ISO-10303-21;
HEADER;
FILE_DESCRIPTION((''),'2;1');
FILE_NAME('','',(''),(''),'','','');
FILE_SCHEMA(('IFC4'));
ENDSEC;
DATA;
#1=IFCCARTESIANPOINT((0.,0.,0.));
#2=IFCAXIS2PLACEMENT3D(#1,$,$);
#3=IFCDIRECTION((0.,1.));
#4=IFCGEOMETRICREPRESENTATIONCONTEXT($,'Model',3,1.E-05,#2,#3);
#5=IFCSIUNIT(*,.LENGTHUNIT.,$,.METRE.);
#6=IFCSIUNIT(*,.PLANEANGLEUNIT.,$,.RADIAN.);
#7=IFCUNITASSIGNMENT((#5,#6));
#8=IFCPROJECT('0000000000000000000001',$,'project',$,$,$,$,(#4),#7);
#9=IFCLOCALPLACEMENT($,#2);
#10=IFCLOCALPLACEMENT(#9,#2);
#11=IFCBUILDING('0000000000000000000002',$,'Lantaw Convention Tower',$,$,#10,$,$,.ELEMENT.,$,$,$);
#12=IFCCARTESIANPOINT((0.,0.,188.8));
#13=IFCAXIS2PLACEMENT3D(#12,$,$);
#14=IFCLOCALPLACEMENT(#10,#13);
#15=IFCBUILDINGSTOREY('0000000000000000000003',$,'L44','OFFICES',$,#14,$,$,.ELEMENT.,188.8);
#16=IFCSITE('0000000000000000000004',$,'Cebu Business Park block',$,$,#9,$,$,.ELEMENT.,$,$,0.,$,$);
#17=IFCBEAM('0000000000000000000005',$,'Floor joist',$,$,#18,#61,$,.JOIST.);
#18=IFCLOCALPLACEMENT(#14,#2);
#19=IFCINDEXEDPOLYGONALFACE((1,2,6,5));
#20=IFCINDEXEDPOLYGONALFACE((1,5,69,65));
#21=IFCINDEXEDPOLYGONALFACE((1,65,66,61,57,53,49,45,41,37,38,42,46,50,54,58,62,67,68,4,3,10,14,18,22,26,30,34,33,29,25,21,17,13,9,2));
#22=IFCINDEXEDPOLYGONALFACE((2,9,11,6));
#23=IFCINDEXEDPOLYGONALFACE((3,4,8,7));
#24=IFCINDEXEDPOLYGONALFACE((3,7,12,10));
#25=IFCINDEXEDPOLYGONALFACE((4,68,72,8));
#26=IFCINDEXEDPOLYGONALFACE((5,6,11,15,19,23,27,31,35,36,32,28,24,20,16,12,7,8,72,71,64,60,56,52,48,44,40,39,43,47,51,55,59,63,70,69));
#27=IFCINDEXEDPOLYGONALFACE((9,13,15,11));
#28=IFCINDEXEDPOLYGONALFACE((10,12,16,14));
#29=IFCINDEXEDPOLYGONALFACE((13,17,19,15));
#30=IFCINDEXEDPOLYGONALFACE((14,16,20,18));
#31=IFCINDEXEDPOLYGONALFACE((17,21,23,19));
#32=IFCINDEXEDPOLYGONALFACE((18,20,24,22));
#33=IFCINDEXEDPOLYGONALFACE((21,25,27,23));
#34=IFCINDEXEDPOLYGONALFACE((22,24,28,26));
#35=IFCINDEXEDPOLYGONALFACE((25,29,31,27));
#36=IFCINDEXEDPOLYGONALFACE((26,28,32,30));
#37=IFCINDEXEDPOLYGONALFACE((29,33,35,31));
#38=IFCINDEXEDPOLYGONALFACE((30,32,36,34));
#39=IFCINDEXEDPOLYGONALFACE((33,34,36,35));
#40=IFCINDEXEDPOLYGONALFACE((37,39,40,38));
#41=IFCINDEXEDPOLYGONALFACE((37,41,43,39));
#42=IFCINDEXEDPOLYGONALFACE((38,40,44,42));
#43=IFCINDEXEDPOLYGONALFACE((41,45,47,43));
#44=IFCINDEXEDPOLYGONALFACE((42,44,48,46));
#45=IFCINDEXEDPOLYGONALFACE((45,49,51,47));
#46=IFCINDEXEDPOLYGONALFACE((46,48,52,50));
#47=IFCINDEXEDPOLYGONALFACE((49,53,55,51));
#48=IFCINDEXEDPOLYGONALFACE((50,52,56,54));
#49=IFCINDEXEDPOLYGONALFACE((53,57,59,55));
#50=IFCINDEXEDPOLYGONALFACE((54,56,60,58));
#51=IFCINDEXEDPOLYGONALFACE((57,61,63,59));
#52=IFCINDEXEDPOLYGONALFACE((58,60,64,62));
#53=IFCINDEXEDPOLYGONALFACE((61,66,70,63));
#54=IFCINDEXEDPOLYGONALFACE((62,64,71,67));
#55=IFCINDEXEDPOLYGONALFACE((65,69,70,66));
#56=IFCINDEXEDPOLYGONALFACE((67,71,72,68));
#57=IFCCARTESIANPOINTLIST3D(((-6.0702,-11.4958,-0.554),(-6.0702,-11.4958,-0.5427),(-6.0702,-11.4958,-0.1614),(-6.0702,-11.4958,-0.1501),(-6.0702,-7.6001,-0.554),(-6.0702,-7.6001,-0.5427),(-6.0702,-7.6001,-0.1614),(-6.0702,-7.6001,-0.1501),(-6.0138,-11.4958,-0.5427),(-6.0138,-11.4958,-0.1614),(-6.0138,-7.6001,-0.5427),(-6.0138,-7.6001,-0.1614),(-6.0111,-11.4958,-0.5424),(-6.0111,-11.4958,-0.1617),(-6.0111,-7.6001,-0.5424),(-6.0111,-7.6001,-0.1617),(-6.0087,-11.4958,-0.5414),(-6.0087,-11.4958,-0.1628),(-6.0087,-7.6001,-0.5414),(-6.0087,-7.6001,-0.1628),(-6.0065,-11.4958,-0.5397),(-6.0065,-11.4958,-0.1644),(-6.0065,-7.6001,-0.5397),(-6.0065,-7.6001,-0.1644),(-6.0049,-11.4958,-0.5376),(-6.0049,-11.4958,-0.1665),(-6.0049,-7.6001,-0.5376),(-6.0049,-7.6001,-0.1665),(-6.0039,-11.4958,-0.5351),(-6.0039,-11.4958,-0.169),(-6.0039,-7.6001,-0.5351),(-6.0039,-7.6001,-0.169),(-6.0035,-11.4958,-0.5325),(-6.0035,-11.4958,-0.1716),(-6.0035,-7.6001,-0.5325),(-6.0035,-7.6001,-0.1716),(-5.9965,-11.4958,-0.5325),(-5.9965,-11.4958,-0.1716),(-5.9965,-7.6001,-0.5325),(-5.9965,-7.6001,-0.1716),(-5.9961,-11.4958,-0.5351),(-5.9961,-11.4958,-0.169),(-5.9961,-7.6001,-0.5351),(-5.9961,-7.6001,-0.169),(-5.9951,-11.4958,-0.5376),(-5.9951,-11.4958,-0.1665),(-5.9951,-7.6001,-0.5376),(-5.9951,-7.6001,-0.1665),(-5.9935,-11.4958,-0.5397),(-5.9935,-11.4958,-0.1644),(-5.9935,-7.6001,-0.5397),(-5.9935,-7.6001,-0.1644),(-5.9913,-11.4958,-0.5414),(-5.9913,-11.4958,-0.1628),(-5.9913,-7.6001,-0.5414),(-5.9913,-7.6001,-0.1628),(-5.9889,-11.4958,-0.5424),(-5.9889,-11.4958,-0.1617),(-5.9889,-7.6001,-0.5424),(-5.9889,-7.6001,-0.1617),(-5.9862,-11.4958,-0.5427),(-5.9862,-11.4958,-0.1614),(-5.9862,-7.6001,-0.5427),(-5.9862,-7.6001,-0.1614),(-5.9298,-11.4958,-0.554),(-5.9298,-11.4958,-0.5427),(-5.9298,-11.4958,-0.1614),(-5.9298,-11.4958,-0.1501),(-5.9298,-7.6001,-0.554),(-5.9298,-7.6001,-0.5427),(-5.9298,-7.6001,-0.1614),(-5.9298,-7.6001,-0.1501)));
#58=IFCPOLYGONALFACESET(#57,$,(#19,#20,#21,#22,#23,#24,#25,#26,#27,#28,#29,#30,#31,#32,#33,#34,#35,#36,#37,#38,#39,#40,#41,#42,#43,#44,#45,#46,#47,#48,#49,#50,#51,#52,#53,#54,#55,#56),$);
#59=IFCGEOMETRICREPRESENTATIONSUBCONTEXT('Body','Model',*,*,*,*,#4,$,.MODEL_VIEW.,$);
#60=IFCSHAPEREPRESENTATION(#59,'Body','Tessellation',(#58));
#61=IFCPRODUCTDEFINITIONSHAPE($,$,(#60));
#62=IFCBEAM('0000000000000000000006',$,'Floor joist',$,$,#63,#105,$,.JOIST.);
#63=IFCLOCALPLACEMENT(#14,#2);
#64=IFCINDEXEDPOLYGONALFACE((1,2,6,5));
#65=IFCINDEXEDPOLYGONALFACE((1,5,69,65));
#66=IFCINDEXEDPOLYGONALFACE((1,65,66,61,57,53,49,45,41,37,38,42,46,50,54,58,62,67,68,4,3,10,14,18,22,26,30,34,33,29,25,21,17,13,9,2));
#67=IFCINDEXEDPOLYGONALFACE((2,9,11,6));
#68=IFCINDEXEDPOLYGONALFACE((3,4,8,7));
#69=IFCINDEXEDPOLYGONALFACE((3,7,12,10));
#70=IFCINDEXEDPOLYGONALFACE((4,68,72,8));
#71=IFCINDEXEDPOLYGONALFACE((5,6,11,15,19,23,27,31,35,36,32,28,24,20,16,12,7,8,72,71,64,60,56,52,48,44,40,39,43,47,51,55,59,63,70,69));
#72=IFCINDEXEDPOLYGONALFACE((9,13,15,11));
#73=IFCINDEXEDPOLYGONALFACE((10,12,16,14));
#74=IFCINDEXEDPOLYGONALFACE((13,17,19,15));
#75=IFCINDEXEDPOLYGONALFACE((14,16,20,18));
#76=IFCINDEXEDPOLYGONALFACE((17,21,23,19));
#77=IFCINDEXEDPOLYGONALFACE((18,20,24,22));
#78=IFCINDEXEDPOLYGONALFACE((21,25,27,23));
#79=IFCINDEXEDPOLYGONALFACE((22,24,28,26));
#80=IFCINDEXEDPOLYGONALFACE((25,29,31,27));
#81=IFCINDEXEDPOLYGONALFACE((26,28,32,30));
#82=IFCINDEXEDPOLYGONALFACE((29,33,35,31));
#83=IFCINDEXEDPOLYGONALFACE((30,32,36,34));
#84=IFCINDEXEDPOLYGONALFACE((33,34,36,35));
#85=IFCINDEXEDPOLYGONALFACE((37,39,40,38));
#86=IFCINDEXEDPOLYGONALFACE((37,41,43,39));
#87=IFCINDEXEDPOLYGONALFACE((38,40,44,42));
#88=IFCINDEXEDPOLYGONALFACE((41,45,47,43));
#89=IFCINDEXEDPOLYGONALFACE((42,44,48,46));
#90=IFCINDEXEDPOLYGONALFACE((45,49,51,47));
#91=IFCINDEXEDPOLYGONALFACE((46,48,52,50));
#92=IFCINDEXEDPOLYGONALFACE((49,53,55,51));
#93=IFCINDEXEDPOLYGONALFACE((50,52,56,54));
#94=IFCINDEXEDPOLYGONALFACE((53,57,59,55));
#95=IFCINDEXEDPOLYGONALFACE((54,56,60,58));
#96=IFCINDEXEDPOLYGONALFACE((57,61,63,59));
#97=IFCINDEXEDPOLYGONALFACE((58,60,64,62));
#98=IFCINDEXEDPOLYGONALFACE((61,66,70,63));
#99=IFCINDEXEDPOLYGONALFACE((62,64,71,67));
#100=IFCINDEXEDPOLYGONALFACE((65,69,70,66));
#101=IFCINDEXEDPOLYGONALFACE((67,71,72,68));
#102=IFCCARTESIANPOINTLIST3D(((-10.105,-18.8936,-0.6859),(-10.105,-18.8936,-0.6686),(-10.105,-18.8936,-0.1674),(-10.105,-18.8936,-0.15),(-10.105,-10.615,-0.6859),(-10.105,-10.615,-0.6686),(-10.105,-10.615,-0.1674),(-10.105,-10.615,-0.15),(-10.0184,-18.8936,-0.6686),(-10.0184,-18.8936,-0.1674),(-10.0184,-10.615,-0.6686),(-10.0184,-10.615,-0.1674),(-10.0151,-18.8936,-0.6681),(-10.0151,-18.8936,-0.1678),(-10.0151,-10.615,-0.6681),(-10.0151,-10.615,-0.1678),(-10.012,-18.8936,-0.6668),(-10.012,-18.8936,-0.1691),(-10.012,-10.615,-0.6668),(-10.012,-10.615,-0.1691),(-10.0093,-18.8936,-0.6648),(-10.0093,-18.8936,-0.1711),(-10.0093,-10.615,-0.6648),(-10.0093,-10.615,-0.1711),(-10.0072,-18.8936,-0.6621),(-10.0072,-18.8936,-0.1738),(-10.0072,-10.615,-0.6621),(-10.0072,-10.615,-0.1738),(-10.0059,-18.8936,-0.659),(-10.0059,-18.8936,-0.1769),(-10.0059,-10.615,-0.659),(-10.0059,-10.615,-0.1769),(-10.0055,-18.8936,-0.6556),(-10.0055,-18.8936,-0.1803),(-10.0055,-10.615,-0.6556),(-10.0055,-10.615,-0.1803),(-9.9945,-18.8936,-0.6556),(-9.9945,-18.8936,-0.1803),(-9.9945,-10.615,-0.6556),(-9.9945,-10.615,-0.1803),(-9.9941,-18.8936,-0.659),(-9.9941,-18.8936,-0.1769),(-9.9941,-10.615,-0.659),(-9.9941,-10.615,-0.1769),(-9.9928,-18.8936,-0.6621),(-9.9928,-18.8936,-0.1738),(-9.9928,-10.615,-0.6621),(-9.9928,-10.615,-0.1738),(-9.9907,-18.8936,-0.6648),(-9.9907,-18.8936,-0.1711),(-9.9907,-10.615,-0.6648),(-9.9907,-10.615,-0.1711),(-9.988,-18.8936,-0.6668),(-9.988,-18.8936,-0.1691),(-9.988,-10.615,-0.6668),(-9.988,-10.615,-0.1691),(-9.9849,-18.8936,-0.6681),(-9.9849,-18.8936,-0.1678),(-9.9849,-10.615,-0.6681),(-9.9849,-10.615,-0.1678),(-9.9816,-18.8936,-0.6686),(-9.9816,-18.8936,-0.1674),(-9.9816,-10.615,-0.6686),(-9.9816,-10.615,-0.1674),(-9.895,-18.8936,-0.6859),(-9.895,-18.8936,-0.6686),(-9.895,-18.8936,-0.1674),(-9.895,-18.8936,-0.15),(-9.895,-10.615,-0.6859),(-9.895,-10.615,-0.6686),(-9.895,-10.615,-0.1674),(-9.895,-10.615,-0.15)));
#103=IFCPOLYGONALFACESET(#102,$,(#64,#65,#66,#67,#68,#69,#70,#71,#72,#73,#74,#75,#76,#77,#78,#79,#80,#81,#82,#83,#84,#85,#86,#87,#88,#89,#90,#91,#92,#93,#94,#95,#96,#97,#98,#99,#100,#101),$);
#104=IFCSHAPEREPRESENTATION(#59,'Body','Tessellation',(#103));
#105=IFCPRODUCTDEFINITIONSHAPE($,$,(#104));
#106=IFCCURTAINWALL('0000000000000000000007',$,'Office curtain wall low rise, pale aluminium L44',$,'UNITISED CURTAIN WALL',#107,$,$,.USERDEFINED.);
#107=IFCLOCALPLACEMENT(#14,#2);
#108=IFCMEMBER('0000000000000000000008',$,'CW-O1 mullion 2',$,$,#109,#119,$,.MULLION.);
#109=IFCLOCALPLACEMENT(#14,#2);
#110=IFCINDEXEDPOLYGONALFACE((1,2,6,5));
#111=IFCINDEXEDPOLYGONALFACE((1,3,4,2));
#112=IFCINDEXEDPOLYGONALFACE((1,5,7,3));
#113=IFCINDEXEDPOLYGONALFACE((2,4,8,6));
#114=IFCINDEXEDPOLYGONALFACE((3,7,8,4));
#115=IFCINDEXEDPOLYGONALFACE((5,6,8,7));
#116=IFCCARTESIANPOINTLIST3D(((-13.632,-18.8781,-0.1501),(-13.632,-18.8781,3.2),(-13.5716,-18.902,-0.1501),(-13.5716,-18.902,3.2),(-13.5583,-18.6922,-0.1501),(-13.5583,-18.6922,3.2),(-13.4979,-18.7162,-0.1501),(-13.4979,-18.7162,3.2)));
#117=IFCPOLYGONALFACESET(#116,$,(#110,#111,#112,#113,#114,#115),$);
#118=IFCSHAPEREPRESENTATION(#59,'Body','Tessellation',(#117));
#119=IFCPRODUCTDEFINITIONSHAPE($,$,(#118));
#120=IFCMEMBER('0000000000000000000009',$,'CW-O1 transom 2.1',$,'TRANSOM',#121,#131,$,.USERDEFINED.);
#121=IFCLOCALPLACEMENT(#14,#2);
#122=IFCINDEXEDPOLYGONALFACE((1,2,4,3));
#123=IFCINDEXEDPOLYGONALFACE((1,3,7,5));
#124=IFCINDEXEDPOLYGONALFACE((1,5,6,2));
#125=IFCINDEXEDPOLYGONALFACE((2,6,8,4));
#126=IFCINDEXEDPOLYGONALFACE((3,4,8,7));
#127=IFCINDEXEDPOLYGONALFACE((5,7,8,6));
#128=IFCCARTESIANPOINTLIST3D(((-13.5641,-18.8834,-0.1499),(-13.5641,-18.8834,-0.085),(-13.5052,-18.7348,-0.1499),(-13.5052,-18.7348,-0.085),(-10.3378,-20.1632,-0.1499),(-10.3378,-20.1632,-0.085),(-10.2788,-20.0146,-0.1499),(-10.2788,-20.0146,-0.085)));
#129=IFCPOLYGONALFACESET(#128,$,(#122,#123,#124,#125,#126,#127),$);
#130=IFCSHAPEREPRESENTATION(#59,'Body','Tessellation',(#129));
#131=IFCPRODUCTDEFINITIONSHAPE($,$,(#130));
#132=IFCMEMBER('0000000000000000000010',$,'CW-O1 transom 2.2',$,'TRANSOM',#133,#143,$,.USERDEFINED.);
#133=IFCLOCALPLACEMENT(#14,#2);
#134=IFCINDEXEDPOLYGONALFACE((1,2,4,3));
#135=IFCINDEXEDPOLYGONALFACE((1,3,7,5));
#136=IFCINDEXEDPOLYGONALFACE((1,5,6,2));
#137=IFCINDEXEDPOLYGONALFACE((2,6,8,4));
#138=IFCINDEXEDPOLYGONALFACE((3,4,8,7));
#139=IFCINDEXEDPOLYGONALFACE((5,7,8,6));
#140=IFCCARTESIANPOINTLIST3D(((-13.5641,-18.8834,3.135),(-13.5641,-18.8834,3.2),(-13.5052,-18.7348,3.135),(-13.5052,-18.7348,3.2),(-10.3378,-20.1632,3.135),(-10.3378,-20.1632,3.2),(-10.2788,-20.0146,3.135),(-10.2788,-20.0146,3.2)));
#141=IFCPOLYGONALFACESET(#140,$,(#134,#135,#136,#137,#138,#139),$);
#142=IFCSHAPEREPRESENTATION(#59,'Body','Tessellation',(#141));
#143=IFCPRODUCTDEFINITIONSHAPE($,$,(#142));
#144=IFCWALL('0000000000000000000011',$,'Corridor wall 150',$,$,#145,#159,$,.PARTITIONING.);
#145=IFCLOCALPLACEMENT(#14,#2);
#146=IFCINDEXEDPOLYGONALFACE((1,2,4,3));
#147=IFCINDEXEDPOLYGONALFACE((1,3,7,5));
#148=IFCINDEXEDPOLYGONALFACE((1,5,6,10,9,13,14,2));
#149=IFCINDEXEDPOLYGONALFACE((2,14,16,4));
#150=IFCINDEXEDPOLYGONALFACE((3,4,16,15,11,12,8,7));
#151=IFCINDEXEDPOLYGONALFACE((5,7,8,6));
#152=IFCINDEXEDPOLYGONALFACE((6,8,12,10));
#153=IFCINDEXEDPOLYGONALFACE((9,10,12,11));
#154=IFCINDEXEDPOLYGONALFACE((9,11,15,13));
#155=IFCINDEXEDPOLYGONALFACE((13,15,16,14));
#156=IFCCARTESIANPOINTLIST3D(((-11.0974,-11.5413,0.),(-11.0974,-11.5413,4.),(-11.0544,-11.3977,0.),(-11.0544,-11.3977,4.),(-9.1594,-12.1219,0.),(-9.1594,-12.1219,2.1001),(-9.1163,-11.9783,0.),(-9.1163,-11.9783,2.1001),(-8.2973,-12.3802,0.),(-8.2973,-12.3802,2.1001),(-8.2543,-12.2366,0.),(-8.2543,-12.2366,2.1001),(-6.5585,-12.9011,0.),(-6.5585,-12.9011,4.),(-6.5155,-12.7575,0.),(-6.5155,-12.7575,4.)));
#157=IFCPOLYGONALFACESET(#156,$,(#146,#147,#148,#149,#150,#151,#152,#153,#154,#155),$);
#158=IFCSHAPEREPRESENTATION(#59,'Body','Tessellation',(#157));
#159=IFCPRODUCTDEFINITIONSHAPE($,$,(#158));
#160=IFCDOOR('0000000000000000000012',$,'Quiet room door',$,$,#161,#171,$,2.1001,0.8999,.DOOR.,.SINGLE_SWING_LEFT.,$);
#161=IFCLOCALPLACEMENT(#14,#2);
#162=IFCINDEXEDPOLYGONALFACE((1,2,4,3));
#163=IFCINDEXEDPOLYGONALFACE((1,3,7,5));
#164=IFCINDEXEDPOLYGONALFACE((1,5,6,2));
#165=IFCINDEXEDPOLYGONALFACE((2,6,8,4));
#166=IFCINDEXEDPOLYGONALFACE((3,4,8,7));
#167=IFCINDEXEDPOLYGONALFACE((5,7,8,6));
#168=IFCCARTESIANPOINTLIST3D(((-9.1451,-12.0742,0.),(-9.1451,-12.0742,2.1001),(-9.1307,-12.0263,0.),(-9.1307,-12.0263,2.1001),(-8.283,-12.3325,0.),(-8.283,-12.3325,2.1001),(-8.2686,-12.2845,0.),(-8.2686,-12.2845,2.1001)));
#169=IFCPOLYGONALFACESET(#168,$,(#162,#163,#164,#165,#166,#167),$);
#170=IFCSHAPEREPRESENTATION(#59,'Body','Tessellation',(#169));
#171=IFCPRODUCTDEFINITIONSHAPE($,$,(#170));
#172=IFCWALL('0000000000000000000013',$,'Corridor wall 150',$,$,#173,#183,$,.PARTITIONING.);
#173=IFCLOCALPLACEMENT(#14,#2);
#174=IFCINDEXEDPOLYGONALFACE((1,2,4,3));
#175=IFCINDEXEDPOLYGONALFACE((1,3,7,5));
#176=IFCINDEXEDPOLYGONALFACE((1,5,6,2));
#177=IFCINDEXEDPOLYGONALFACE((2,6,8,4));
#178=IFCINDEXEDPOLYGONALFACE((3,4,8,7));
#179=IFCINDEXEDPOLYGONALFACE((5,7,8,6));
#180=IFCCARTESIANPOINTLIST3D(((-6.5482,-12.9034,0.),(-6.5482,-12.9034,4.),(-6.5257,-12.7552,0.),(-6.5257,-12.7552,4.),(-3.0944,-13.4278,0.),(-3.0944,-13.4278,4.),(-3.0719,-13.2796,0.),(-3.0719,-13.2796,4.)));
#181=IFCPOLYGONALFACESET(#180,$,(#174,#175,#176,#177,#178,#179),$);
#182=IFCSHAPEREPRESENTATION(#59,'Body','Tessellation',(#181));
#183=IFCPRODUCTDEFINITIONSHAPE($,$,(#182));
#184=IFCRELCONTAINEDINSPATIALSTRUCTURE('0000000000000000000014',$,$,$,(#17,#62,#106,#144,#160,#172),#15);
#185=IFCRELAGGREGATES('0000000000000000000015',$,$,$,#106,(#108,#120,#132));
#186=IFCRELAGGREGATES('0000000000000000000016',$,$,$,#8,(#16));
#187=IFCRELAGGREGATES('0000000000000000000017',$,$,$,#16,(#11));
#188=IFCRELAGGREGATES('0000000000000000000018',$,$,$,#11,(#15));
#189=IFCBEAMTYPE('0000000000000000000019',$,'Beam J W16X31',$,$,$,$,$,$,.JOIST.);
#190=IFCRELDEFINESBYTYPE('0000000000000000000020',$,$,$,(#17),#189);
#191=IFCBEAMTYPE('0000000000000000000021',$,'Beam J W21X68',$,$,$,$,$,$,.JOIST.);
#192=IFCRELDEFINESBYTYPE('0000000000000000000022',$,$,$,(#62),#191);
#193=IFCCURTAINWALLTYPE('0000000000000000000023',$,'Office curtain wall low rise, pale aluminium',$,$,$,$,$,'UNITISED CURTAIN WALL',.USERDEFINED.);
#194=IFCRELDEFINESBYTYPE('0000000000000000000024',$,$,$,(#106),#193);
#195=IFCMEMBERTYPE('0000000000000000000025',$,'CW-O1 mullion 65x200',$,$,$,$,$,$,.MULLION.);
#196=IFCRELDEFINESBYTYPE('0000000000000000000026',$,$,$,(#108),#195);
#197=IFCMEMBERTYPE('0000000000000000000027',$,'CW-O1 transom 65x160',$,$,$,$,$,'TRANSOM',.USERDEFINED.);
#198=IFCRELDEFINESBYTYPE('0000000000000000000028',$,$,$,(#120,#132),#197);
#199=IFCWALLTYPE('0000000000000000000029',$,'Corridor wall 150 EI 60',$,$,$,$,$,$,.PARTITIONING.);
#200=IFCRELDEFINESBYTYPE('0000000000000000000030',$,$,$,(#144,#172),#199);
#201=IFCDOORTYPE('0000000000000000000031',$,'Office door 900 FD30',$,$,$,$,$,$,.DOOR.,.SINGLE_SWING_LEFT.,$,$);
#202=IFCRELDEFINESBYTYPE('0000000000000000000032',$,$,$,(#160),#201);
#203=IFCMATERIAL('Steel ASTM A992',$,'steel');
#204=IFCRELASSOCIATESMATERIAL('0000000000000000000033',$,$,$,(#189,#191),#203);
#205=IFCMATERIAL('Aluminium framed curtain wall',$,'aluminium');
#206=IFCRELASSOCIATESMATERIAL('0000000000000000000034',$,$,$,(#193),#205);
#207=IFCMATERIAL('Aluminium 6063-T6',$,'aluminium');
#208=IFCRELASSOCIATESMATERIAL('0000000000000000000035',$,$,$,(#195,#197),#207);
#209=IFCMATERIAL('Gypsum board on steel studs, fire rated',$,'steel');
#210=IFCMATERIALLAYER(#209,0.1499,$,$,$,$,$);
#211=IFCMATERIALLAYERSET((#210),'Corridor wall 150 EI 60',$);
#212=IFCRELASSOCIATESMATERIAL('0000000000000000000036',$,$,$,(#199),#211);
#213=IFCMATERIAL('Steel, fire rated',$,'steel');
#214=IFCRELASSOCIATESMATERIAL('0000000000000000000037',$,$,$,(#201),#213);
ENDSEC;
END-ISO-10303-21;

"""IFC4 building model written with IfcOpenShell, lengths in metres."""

from ifc_helpers import new_model, si_unit, direction, frame, frame_2d, origin, origin_2d, place, context, subcontext, project, spatial, rectangle, i_section, extrude, material, layer, layer_set, material_profile, profile_set, type_object, element, fill, aggregate, save


model = new_model("IFC4")

# Units and contexts
model_context = context("Model", 3, precision=1e-05, world=origin(), true_north=direction((0.0, 1.0)))
body_context = subcontext(model_context, "Body", "Model", "MODEL_VIEW")
ifc_project = project(units=[si_unit("LENGTHUNIT", "METRE"), si_unit("PLANEANGLEUNIT", "RADIAN")], contexts=[model_context])

# Site, building, storey
site_placement = place(None, origin())
site = spatial("IfcSite", under=ifc_project, at=site_placement, Name="Cebu Business Park block", CompositionType="ELEMENT", RefElevation=0.0)
building_placement = place(site_placement, origin())
building = spatial("IfcBuilding", under=site, at=building_placement, Name="Lantaw Convention Tower", CompositionType="ELEMENT")
storey_placement = place(building_placement, frame((0.0, 0.0, 188.8)))
storey = spatial("IfcBuildingStorey", under=building, at=storey_placement, Name="L44", Description="OFFICES", CompositionType="ELEMENT", Elevation=188.8)

# Beams
ifc_material_1 = material(Name="Steel ASTM A992", Category="steel")
ifc_material_profile_1 = material_profile(ifc_material_1, i_section(OverallWidth=0.1404, OverallDepth=0.4038, WebThickness=0.0071, FlangeThickness=0.0112, FilletRadius=0.0103, at=origin_2d()), Name="W16X31")
ifc_profile_set_1 = profile_set([ifc_material_profile_1], Name="Steel ASTM A992")
beam_type_1 = type_object("IfcBeamType", Name="Beam J W16X31", PredefinedType="JOIST", material=ifc_profile_set_1)
beam_1_placement = place(storey_placement, frame((-6.0, -11.4958, -0.3521), z_axis=(0.0, 1.0, 0.0), x_axis=(-1.0, 0.0, 0.0)))
element("IfcBeam", 1, at=beam_1_placement, inside=storey, type_object=beam_type_1, Name="Floor joist", PredefinedType="JOIST", context=body_context, shape_type="SweptSolid", body=[
    extrude(i_section(OverallWidth=0.1404, OverallDepth=0.4038, WebThickness=0.0071, FlangeThickness=0.0112, FilletRadius=0.0103, at=origin_2d()), origin(), (0.0, 0.0, 1.0), 3.8958),
])
ifc_material_profile_2 = material_profile(ifc_material_1, i_section(OverallWidth=0.21, OverallDepth=0.5359, WebThickness=0.011, FlangeThickness=0.0173, FilletRadius=0.0129, at=origin_2d()), Name="W21X68")
ifc_profile_set_2 = profile_set([ifc_material_profile_2], Name="Steel ASTM A992")
beam_type_2 = type_object("IfcBeamType", Name="Beam J W21X68", PredefinedType="JOIST", material=ifc_profile_set_2)
beam_2_placement = place(storey_placement, frame((-10.0, -18.8936, -0.418), z_axis=(0.0, 1.0, 0.0), x_axis=(-1.0, 0.0, 0.0)))
element("IfcBeam", 2, at=beam_2_placement, inside=storey, type_object=beam_type_2, Name="Floor joist", PredefinedType="JOIST", context=body_context, shape_type="SweptSolid", body=[
    extrude(i_section(OverallWidth=0.21, OverallDepth=0.5359, WebThickness=0.011, FlangeThickness=0.0173, FilletRadius=0.0129, at=origin_2d()), origin(), (0.0, 0.0, 1.0), 8.2786),
])

# Curtain wall, members
ifc_material_2 = material(Name="Aluminium framed curtain wall", Category="aluminium")
curtain_wall_type = type_object("IfcCurtainWallType", Name="Office curtain wall low rise, pale aluminium", ElementType="UNITISED CURTAIN WALL", PredefinedType="USERDEFINED", material=ifc_material_2)
curtain_wall_placement = place(storey_placement, origin())
curtain_wall = element("IfcCurtainWall", 3, at=curtain_wall_placement, inside=storey, type_object=curtain_wall_type, Name="Office curtain wall low rise, pale aluminium L44", ObjectType="UNITISED CURTAIN WALL", PredefinedType="USERDEFINED")
ifc_material_3 = material(Name="Aluminium 6063-T6", Category="aluminium")
ifc_material_profile_3 = material_profile(ifc_material_3, rectangle(XDim=0.2, YDim=0.0649, at=origin_2d()), Name="CW-O1 mullion 65x200")
ifc_profile_set_3 = profile_set([ifc_material_profile_3], Name="Aluminium 6063-T6")
member_type_1 = type_object("IfcMemberType", Name="CW-O1 mullion 65x200", PredefinedType="MULLION", material=ifc_profile_set_3)
member_1_placement = place(storey_placement, frame((-13.5649, -18.7971, -0.1501), z_axis=(0.0, 0.0, 1.0), x_axis=(0.368702, 0.929548, 0.0)))
member_1 = element("IfcMember", 4, at=member_1_placement, type_object=member_type_1, Name="CW-O1 mullion 2", PredefinedType="MULLION", context=body_context, shape_type="SweptSolid", body=[
    extrude(rectangle(XDim=0.2, YDim=0.0649, at=origin_2d()), origin(), (0.0, 0.0, 1.0), 3.3501),
])
ifc_material_profile_4 = material_profile(ifc_material_3, rectangle(XDim=0.1599, YDim=0.0649, at=origin_2d()), Name="CW-O1 transom 65x160")
ifc_profile_set_4 = profile_set([ifc_material_profile_4], Name="Aluminium 6063-T6")
member_type_2 = type_object("IfcMemberType", Name="CW-O1 transom 65x160", ElementType="TRANSOM", PredefinedType="USERDEFINED", material=ifc_profile_set_4)
member_2_placement = place(storey_placement, frame((-13.5347, -18.8091, -0.1174), z_axis=(0.92954, -0.368721, 0.0), x_axis=(0.368721, 0.92954, 0.0)))
member_2 = element("IfcMember", 5, at=member_2_placement, type_object=member_type_2, Name="CW-O1 transom 2.1", ObjectType="TRANSOM", PredefinedType="USERDEFINED", context=body_context, shape_type="SweptSolid", body=[
    extrude(rectangle(XDim=0.1599, YDim=0.0649, at=origin_2d()), origin(), (0.0, 0.0, 1.0), 3.4709),
])
member_3_placement = place(storey_placement, frame((-13.5347, -18.8091, 3.1675), z_axis=(0.92954, -0.368721, 0.0), x_axis=(0.368721, 0.92954, 0.0)))
member_3 = element("IfcMember", 6, at=member_3_placement, type_object=member_type_2, Name="CW-O1 transom 2.2", ObjectType="TRANSOM", PredefinedType="USERDEFINED", context=body_context, shape_type="SweptSolid", body=[
    extrude(rectangle(XDim=0.1599, YDim=0.0649, at=origin_2d()), origin(), (0.0, 0.0, 1.0), 3.4709),
])
aggregate(curtain_wall, [member_1, member_2, member_3])

# Wall, opening, door
ifc_material_4 = material(Name="Gypsum board on steel studs, fire rated", Category="steel")
ifc_layer_1 = layer(ifc_material_4, 0.1499)
ifc_layer_set_1 = layer_set([ifc_layer_1], Name="Corridor wall 150 EI 60")
wall_type_1 = type_object("IfcWallType", Name="Corridor wall 150 EI 60", PredefinedType="PARTITIONING", material=ifc_layer_set_1)
wall_1_placement = place(storey_placement, frame((-11.0759, -11.4695, 0.0), z_axis=(0.0, 0.0, 1.0), x_axis=(0.957934, -0.286989, 0.0)))
wall_1 = element("IfcWall", 7, at=wall_1_placement, inside=storey, type_object=wall_type_1, Name="Corridor wall 150", PredefinedType="PARTITIONING", context=body_context, shape_type="SweptSolid", body=[
    extrude(rectangle(XDim=4.7383, YDim=0.1499, at=frame_2d((2.3691, 0.0))), origin(), (0.0, 0.0, 1.0), 4.0),
])
opening_1_placement = place(wall_1_placement, frame((2.0232, 0.0, 0.0)))
opening_1 = element("IfcOpeningElement", 8, at=opening_1_placement, cuts=wall_1, PredefinedType="OPENING", context=body_context, shape_type="SweptSolid", body=[
    extrude(rectangle(XDim=0.8999, YDim=2.1001, at=frame_2d((0.45, 1.05))), frame((0.0, 0.085, 0.0), z_axis=(0.0, -1.0, 0.0), x_axis=(1.0, 0.0, 0.0)), (0.0, 0.0, 1.0), 0.1699),
])
ifc_material_5 = material(Name="Steel, fire rated", Category="steel")
door_type_1 = type_object("IfcDoorType", Name="Office door 900 FD30", OperationType="SINGLE_SWING_LEFT", PredefinedType="DOOR", material=ifc_material_5)
door_1_placement = place(opening_1_placement, origin())
door_1 = element("IfcDoor", 9, at=door_1_placement, inside=storey, type_object=door_type_1, Name="Quiet room door", OperationType="SINGLE_SWING_LEFT", OverallHeight=2.1001, OverallWidth=0.8999, PredefinedType="DOOR", context=body_context, shape_type="SweptSolid", body=[
    extrude(rectangle(XDim=0.8999, YDim=2.1001, at=frame_2d((0.45, 1.05))), frame((0.0, 0.0249, 0.0), z_axis=(0.0, -1.0, 0.0), x_axis=(1.0, 0.0, 0.0)), (0.0, 0.0, 1.0), 0.05),
])
fill(opening_1, door_1)

# Wall
wall_2_placement = place(storey_placement, frame((-6.5369, -12.8293, 0.0), z_axis=(0.0, 0.0, 1.0), x_axis=(0.988669, -0.150114, 0.0)))
element("IfcWall", 10, at=wall_2_placement, inside=storey, type_object=wall_type_1, Name="Corridor wall 150", PredefinedType="PARTITIONING", context=body_context, shape_type="SweptSolid", body=[
    extrude(rectangle(XDim=3.4934, YDim=0.1499, at=frame_2d((1.7466, 0.0))), origin(), (0.0, 0.0, 1.0), 4.0),
])

save(model, "model.ifc")
